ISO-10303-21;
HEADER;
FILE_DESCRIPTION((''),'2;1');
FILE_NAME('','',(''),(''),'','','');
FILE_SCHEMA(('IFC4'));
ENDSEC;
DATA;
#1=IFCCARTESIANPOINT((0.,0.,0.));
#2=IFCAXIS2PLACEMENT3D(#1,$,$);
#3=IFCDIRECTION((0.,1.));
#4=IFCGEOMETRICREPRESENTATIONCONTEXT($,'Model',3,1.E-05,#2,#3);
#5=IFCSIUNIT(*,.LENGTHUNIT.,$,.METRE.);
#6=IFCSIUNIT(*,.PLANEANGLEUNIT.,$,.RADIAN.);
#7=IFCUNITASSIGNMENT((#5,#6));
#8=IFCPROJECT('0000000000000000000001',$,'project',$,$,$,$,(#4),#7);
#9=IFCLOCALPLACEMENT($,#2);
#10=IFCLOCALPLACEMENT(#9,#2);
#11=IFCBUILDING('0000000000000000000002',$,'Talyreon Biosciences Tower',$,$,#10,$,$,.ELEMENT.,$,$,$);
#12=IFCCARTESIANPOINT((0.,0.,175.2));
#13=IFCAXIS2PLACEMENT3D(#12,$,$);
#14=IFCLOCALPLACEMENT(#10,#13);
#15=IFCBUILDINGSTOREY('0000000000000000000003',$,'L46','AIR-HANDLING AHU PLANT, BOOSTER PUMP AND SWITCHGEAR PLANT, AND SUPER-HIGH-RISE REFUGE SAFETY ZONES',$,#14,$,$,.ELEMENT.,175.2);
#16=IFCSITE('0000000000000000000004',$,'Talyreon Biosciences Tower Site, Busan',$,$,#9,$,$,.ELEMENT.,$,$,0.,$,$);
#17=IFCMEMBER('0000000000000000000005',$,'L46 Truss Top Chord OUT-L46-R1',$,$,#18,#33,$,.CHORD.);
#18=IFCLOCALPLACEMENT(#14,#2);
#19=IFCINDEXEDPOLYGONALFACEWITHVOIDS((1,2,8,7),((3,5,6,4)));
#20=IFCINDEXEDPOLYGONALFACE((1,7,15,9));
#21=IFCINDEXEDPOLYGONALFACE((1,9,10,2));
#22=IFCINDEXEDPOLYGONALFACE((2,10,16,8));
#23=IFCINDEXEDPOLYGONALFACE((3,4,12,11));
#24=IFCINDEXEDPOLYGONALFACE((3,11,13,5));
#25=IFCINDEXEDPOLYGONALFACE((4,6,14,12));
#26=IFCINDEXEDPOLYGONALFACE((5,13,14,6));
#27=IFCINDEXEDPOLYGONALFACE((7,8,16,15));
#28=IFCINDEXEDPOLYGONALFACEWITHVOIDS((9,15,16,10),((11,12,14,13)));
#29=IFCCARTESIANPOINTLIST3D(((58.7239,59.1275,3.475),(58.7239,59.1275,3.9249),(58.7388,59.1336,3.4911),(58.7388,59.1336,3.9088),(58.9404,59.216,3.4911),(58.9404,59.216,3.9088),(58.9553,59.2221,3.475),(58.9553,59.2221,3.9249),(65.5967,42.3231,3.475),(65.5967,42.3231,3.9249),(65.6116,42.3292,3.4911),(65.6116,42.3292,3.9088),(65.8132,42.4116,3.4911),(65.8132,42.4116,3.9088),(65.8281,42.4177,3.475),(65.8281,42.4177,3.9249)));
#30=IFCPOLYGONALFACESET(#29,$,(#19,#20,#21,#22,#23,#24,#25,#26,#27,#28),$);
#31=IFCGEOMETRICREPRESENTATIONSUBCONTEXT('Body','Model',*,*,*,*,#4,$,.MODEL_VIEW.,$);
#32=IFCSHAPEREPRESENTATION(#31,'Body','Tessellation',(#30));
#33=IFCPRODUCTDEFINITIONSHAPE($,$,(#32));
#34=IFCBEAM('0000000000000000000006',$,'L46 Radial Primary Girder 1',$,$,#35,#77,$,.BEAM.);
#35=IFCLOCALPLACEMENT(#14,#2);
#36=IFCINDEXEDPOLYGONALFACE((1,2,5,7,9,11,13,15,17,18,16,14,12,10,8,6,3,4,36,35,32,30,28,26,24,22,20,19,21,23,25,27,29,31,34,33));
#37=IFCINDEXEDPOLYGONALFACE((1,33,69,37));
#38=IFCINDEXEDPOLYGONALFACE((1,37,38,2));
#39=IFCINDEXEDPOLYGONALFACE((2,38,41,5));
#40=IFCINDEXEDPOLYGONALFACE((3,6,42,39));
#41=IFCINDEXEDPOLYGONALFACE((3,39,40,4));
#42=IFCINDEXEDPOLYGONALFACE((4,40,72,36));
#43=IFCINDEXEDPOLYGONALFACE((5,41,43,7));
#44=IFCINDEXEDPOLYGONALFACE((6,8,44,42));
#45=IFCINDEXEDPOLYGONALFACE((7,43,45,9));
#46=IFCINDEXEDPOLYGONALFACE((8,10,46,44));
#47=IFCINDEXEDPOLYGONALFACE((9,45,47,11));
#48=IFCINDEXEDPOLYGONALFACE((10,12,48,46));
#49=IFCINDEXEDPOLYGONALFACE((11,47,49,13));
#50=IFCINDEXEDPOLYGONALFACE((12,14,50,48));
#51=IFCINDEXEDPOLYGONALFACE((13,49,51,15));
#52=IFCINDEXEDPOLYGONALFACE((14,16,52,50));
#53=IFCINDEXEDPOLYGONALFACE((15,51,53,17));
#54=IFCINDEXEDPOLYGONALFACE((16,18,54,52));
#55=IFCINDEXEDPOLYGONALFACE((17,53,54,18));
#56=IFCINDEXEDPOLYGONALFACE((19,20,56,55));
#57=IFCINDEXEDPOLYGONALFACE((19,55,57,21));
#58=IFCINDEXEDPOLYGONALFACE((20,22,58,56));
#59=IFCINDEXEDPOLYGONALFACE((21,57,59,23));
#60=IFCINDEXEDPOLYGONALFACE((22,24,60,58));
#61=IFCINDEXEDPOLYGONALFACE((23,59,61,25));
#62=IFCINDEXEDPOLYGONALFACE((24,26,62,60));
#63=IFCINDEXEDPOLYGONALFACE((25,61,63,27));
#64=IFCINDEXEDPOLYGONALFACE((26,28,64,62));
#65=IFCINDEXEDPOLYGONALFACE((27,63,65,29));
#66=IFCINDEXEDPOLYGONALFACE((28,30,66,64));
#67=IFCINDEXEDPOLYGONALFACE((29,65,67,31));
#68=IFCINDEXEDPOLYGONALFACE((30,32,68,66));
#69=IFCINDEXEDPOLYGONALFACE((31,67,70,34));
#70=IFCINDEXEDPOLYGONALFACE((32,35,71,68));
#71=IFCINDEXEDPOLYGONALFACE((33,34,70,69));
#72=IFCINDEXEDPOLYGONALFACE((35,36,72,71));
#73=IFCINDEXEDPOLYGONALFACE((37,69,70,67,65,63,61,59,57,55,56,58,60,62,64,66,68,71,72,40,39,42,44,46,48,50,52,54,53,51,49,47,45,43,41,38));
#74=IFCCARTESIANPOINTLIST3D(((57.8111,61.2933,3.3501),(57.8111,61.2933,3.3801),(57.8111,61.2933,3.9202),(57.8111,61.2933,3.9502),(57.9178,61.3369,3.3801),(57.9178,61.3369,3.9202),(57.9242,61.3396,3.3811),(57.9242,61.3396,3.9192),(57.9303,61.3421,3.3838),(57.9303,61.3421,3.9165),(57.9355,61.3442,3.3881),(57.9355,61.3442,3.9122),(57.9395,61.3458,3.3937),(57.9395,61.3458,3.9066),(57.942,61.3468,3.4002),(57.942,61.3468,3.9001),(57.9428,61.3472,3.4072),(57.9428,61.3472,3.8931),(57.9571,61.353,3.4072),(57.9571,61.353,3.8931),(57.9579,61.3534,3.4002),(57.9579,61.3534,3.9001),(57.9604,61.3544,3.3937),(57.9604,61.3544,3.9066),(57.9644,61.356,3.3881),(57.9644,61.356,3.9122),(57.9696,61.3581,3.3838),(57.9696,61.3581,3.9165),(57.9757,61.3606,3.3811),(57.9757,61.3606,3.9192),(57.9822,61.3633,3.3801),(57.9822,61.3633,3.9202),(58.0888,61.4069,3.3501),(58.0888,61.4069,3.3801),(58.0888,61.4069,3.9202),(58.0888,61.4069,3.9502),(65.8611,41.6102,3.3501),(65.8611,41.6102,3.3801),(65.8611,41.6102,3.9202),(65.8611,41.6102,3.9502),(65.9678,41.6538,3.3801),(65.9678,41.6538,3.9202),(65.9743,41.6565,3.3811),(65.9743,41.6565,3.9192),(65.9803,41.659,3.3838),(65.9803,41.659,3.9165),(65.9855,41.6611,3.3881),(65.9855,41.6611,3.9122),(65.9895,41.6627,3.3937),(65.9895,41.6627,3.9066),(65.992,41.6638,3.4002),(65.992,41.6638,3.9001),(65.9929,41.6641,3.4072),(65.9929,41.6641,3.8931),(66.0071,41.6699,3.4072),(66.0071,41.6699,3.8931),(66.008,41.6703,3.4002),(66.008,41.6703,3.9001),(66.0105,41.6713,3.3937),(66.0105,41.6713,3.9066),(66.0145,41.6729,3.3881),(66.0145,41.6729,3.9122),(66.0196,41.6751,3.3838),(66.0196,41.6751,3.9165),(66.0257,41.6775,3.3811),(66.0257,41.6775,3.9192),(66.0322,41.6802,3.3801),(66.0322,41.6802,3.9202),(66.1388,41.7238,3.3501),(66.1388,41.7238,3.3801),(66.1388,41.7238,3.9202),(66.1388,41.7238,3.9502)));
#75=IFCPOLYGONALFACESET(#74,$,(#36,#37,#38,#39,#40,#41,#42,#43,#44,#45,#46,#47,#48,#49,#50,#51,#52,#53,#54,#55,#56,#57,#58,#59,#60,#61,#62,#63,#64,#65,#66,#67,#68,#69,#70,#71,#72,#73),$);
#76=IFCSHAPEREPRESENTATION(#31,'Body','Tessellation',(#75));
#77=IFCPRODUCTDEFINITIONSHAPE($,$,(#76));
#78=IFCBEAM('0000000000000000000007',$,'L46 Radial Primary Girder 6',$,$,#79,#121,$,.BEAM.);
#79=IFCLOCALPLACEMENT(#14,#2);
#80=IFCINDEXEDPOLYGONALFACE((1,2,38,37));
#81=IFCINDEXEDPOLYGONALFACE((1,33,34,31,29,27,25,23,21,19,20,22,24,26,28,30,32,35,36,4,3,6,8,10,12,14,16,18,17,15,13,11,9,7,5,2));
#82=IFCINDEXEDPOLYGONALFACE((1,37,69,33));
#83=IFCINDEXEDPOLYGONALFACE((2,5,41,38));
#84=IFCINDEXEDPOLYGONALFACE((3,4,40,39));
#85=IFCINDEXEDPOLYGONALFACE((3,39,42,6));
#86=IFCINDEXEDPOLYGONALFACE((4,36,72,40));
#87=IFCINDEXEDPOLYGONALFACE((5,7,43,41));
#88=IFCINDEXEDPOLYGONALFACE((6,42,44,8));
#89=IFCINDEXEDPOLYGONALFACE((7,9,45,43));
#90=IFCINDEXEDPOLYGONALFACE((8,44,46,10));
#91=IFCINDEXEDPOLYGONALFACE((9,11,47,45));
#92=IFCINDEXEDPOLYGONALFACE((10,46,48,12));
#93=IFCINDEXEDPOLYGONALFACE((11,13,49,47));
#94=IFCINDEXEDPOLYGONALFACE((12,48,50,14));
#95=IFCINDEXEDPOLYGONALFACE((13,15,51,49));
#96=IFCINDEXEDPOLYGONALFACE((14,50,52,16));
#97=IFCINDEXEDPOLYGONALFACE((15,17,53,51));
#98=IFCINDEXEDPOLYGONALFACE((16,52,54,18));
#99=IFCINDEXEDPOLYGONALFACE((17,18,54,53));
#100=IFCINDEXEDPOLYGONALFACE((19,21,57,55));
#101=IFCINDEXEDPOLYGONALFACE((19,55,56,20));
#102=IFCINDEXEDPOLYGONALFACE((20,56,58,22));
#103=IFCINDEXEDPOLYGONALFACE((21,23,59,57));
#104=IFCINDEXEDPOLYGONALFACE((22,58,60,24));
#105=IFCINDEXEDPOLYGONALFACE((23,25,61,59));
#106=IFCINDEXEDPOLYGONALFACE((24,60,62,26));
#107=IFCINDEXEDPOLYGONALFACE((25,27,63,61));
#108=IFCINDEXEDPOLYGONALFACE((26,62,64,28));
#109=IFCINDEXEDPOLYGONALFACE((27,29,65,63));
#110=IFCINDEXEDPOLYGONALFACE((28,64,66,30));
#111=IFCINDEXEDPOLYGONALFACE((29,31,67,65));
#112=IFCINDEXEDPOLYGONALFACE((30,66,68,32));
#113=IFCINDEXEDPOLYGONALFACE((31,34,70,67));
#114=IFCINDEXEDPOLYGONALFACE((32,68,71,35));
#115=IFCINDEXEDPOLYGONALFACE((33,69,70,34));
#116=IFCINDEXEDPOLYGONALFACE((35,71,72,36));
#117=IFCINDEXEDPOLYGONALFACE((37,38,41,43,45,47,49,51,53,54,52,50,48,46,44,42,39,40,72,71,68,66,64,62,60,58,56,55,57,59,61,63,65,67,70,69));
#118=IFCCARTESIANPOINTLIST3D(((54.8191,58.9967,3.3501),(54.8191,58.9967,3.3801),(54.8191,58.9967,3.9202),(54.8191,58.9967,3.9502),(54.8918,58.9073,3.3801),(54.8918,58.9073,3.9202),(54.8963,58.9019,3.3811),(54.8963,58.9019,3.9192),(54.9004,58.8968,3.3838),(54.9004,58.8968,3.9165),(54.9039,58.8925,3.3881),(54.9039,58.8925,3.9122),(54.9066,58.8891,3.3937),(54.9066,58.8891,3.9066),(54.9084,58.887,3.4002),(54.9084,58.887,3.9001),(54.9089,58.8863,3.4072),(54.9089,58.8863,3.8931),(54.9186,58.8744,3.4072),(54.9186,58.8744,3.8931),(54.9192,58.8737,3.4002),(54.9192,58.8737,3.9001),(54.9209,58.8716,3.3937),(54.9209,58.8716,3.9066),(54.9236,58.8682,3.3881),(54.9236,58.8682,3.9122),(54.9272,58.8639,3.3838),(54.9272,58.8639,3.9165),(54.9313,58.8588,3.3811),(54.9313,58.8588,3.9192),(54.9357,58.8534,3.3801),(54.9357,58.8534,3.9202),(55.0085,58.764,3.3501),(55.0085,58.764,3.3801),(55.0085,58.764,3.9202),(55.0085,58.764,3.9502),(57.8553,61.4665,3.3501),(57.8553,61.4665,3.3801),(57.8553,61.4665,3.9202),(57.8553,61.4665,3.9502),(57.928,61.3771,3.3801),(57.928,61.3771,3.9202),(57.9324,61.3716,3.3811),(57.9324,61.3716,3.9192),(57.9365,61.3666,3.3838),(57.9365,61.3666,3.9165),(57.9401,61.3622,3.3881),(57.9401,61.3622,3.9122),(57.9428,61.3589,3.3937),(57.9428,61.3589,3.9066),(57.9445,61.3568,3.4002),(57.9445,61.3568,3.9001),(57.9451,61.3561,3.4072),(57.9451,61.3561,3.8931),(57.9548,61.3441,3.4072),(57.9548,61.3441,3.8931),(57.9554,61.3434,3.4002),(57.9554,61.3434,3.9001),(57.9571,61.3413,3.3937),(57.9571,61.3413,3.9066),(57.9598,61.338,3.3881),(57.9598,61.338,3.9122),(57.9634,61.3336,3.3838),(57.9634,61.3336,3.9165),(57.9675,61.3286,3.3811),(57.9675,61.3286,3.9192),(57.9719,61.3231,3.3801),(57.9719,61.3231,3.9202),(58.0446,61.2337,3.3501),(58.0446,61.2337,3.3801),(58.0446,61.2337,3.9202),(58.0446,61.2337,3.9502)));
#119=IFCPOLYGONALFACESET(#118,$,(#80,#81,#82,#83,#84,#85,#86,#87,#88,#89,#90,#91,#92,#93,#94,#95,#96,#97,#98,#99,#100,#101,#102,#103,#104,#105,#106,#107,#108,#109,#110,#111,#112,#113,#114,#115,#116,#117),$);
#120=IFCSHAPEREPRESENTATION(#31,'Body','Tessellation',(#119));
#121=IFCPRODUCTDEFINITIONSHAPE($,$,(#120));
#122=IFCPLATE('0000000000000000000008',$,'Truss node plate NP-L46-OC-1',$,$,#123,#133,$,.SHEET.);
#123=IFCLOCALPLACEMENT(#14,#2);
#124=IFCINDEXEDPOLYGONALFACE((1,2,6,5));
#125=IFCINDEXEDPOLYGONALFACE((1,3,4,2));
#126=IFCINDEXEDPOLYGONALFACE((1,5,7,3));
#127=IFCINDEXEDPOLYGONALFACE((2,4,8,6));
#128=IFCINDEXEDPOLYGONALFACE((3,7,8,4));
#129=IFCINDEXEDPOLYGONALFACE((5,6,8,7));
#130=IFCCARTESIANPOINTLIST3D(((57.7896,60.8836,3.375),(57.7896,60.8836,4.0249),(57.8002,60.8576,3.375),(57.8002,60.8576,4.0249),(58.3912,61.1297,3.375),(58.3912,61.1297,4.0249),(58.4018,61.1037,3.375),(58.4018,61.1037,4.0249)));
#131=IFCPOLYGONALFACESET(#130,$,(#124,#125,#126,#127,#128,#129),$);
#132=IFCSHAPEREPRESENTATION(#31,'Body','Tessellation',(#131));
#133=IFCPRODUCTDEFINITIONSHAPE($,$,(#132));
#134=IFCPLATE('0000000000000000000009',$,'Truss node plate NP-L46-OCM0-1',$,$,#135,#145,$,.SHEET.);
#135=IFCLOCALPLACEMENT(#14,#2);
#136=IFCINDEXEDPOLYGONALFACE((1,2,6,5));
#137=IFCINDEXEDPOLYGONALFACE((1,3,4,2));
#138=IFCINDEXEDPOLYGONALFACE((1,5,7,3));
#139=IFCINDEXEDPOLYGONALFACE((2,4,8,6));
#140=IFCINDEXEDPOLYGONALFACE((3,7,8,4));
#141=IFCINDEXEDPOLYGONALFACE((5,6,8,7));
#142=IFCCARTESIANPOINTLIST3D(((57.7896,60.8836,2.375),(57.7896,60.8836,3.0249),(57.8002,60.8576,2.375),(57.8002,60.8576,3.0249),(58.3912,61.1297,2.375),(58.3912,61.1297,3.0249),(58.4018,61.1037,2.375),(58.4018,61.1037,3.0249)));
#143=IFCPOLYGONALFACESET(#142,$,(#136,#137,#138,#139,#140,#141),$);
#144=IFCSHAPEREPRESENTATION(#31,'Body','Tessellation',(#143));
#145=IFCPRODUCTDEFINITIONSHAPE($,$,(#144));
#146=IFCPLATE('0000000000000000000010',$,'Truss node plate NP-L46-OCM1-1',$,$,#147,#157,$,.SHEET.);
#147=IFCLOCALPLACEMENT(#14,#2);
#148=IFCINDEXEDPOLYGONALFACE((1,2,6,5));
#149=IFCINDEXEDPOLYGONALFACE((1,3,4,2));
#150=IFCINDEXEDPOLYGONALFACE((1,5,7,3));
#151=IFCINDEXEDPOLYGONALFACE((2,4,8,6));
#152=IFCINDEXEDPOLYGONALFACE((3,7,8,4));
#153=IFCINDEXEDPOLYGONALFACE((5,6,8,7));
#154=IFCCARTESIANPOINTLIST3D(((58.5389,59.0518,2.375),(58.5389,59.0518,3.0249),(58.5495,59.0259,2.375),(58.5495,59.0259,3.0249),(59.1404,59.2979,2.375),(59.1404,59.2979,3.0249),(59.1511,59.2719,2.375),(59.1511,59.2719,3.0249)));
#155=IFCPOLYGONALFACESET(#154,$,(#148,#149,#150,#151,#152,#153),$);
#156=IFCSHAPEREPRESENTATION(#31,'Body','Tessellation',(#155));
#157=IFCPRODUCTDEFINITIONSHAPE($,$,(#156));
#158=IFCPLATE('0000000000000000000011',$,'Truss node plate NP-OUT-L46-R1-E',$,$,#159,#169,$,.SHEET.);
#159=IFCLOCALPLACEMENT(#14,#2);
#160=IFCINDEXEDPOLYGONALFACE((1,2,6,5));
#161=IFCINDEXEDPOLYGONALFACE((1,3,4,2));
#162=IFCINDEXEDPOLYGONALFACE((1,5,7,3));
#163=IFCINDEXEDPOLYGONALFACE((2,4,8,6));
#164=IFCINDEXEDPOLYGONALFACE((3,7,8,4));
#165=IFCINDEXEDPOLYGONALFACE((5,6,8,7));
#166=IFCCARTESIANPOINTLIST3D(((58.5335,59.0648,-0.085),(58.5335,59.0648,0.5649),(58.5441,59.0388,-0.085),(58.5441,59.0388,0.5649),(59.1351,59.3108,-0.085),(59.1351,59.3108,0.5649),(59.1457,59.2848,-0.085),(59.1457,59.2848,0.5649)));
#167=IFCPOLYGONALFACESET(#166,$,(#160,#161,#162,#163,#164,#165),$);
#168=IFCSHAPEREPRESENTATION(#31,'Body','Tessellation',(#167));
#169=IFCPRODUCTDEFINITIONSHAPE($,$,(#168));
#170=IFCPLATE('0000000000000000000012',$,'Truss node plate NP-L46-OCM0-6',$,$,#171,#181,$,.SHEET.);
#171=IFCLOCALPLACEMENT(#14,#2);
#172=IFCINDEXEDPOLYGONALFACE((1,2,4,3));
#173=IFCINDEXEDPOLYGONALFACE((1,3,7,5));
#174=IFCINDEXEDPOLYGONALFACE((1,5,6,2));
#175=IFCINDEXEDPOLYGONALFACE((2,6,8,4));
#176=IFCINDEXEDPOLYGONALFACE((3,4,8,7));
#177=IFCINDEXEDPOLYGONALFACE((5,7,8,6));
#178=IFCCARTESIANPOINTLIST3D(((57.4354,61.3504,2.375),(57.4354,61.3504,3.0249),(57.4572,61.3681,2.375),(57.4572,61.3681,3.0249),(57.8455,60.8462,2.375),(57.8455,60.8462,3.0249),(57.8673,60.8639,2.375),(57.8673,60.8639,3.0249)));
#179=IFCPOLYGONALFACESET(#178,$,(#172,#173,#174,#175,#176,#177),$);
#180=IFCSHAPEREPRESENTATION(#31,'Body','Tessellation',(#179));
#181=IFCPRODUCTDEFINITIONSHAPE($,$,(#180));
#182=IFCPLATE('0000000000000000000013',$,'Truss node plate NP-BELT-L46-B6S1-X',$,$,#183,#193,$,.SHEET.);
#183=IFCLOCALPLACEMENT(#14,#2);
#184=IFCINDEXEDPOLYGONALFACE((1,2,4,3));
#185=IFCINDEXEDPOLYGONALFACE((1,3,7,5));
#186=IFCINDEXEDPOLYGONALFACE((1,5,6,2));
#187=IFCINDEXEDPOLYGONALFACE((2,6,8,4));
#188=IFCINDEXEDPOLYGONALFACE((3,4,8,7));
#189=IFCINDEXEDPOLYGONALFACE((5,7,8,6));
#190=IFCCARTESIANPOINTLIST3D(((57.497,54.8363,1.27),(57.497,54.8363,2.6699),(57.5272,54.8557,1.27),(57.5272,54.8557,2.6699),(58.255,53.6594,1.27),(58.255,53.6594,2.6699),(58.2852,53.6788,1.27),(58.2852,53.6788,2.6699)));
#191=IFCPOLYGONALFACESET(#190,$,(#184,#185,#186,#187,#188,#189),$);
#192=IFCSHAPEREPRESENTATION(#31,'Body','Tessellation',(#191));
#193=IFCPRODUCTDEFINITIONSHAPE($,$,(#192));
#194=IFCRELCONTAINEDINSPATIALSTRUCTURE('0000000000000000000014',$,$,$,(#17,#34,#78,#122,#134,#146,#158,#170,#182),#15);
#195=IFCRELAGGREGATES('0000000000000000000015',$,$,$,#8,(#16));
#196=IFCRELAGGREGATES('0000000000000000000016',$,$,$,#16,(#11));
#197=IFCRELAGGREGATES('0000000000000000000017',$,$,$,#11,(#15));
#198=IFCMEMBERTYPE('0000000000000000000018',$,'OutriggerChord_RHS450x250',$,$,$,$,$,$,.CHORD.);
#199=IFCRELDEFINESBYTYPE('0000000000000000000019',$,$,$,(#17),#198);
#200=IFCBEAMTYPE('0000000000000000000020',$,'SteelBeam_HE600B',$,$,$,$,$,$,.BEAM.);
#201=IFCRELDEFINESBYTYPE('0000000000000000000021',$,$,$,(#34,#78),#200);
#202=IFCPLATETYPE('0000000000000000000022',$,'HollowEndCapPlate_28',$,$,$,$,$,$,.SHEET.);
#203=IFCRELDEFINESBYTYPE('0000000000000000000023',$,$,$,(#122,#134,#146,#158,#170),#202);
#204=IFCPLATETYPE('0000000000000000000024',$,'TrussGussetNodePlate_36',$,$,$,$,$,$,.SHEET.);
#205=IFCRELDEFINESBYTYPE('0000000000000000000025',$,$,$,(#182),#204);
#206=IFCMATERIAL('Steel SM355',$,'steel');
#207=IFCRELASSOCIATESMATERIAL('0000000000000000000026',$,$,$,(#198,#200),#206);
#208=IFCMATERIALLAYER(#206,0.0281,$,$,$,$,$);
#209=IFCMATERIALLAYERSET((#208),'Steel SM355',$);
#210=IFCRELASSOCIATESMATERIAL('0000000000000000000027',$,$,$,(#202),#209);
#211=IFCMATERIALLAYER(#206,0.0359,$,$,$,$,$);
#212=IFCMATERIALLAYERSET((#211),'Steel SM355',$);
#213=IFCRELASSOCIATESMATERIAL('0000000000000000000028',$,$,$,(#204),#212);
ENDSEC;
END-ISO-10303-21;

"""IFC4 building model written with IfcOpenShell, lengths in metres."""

from ifc_helpers import new_model, si_unit, direction, frame, origin, origin_2d, place, context, subcontext, project, spatial, rectangle, hollow_rectangle, i_section, extrude, material, layer, layer_set, material_profile, profile_set, type_object, element, save


model = new_model("IFC4")

# Units and contexts
model_context = context("Model", 3, precision=1e-05, world=origin(), true_north=direction((0.0, 1.0)))
body_context = subcontext(model_context, "Body", "Model", "MODEL_VIEW")
ifc_project = project(units=[si_unit("LENGTHUNIT", "METRE"), si_unit("PLANEANGLEUNIT", "RADIAN")], contexts=[model_context])

# Site, building, storey
site_placement = place(None, origin())
site = spatial("IfcSite", under=ifc_project, at=site_placement, Name="Talyreon Biosciences Tower Site, Busan", CompositionType="ELEMENT", RefElevation=0.0)
building_placement = place(site_placement, origin())
building = spatial("IfcBuilding", under=site, at=building_placement, Name="Talyreon Biosciences Tower", CompositionType="ELEMENT")
storey_placement = place(building_placement, frame((0.0, 0.0, 175.2)))
storey = spatial("IfcBuildingStorey", under=building, at=storey_placement, Name="L46", Description="AIR-HANDLING AHU PLANT, BOOSTER PUMP AND SWITCHGEAR PLANT, AND SUPER-HIGH-RISE REFUGE SAFETY ZONES", CompositionType="ELEMENT", Elevation=175.2)

# Member
ifc_material_1 = material(Name="Steel SM355", Category="steel")
ifc_material_profile_1 = material_profile(ifc_material_1, hollow_rectangle(XDim=0.25, YDim=0.45, WallThickness=0.0161, at=origin_2d()), Name="RHS 450x250x16")
ifc_profile_set_1 = profile_set([ifc_material_profile_1], Name="Steel SM355")
member_type_1 = type_object("IfcMemberType", Name="OutriggerChord_RHS450x250", PredefinedType="CHORD", material=ifc_profile_set_1)
for number, where, z_axis, x_axis, name in (
    (1, (58.8396, 59.1748, 3.7), (0.378551, -0.925581, 0.0), (0.925581, 0.378551, 0.0), "L46 Truss Top Chord OUT-L46-R1"),
):
    element("IfcMember", number, at=place(storey_placement, frame(where, z_axis=z_axis, x_axis=x_axis)), inside=storey, type_object=member_type_1, Name=name, PredefinedType="CHORD", context=body_context, shape_type="SweptSolid", body=[
        extrude(hollow_rectangle(XDim=0.25, YDim=0.45, WallThickness=0.0161, at=origin_2d()), origin(), (0.0, 0.0, 1.0), 18.1555),
    ])

# Beams
ifc_material_profile_2 = material_profile(ifc_material_1, i_section(OverallWidth=0.3, OverallDepth=0.6001, WebThickness=0.0154, FlangeThickness=0.03, FilletRadius=0.0271, at=origin_2d()), Name="HE600B")
ifc_profile_set_2 = profile_set([ifc_material_profile_2], Name="Steel SM355")
beam_type = type_object("IfcBeamType", Name="SteelBeam_HE600B", PredefinedType="BEAM", material=ifc_profile_set_2)
beam_1_placement = place(storey_placement, frame((57.95, 61.3501, 3.6501), z_axis=(0.378547, -0.925582, 0.0), x_axis=(0.925582, 0.378547, 0.0)))
element("IfcBeam", 2, at=beam_1_placement, inside=storey, type_object=beam_type, Name="L46 Radial Primary Girder 1", PredefinedType="BEAM", context=body_context, shape_type="SweptSolid", body=[
    extrude(i_section(OverallWidth=0.3, OverallDepth=0.6001, WebThickness=0.0154, FlangeThickness=0.03, FilletRadius=0.0271, at=origin_2d()), origin(), (0.0, 0.0, 1.0), 21.2656),
])
beam_2_placement = place(storey_placement, frame((57.95, 61.3501, 3.6501), z_axis=(-0.775755, -0.631034, 0.0), x_axis=(0.631034, -0.775755, 0.0)))
element("IfcBeam", 3, at=beam_2_placement, inside=storey, type_object=beam_type, Name="L46 Radial Primary Girder 6", PredefinedType="BEAM", context=body_context, shape_type="SweptSolid", body=[
    extrude(i_section(OverallWidth=0.3, OverallDepth=0.6001, WebThickness=0.0154, FlangeThickness=0.03, FilletRadius=0.0271, at=origin_2d()), origin(), (0.0, 0.0, 1.0), 3.9138),
])

# Plates
ifc_layer_1 = layer(ifc_material_1, 0.0281)
ifc_layer_set_1 = layer_set([ifc_layer_1], Name="Steel SM355")
plate_type_1 = type_object("IfcPlateType", Name="HollowEndCapPlate_28", PredefinedType="SHEET", material=ifc_layer_set_1)
for number, where, z_axis, x_axis, name in (
    (4, (58.0957, 60.9937, 3.375), (0.0, 0.0, 1.0), (0.92558, 0.378552, 0.0), "Truss node plate NP-L46-OC-1"),
    (5, (58.0957, 60.9937, 2.375), (0.0, 0.0, 1.0), (0.92558, 0.378552, 0.0), "Truss node plate NP-L46-OCM0-1"),
    (6, (58.845, 59.1619, 2.375), (0.0, 0.0, 1.0), (0.92558, 0.378552, 0.0), "Truss node plate NP-L46-OCM1-1"),
    (7, (58.8396, 59.1748, -0.085), (0.0, 0.0, 1.0), (0.925587, 0.378536, 0.0), "Truss node plate NP-OUT-L46-R1-E"),
    (8, (57.6514, 61.1072, 2.375), (0.0, 0.0, 1.0), (0.631001, -0.775782, 0.0), "Truss node plate NP-L46-OCM0-6"),
):
    element("IfcPlate", number, at=place(storey_placement, frame(where, z_axis=z_axis, x_axis=x_axis)), inside=storey, type_object=plate_type_1, Name=name, PredefinedType="SHEET", context=body_context, shape_type="SweptSolid", body=[
        extrude(rectangle(XDim=0.6499, YDim=0.0281, at=origin_2d()), origin(), (0.0, 0.0, 1.0), 0.6499),
    ])
ifc_layer_2 = layer(ifc_material_1, 0.0359)
ifc_layer_set_2 = layer_set([ifc_layer_2], Name="Steel SM355")
plate_type_2 = type_object("IfcPlateType", Name="TrussGussetNodePlate_36", PredefinedType="SHEET", material=ifc_layer_set_2)
plate_placement = place(storey_placement, frame((57.8911, 54.2576, 1.27), z_axis=(0.0, 0.0, 1.0), x_axis=(0.541473, -0.840718, 0.0)))
element("IfcPlate", 9, at=plate_placement, inside=storey, type_object=plate_type_2, Name="Truss node plate NP-BELT-L46-B6S1-X", PredefinedType="SHEET", context=body_context, shape_type="SweptSolid", body=[
    extrude(rectangle(XDim=1.3999, YDim=0.0359, at=origin_2d()), origin(), (0.0, 0.0, 1.0), 1.3999),
])

save(model, "model.ifc")
